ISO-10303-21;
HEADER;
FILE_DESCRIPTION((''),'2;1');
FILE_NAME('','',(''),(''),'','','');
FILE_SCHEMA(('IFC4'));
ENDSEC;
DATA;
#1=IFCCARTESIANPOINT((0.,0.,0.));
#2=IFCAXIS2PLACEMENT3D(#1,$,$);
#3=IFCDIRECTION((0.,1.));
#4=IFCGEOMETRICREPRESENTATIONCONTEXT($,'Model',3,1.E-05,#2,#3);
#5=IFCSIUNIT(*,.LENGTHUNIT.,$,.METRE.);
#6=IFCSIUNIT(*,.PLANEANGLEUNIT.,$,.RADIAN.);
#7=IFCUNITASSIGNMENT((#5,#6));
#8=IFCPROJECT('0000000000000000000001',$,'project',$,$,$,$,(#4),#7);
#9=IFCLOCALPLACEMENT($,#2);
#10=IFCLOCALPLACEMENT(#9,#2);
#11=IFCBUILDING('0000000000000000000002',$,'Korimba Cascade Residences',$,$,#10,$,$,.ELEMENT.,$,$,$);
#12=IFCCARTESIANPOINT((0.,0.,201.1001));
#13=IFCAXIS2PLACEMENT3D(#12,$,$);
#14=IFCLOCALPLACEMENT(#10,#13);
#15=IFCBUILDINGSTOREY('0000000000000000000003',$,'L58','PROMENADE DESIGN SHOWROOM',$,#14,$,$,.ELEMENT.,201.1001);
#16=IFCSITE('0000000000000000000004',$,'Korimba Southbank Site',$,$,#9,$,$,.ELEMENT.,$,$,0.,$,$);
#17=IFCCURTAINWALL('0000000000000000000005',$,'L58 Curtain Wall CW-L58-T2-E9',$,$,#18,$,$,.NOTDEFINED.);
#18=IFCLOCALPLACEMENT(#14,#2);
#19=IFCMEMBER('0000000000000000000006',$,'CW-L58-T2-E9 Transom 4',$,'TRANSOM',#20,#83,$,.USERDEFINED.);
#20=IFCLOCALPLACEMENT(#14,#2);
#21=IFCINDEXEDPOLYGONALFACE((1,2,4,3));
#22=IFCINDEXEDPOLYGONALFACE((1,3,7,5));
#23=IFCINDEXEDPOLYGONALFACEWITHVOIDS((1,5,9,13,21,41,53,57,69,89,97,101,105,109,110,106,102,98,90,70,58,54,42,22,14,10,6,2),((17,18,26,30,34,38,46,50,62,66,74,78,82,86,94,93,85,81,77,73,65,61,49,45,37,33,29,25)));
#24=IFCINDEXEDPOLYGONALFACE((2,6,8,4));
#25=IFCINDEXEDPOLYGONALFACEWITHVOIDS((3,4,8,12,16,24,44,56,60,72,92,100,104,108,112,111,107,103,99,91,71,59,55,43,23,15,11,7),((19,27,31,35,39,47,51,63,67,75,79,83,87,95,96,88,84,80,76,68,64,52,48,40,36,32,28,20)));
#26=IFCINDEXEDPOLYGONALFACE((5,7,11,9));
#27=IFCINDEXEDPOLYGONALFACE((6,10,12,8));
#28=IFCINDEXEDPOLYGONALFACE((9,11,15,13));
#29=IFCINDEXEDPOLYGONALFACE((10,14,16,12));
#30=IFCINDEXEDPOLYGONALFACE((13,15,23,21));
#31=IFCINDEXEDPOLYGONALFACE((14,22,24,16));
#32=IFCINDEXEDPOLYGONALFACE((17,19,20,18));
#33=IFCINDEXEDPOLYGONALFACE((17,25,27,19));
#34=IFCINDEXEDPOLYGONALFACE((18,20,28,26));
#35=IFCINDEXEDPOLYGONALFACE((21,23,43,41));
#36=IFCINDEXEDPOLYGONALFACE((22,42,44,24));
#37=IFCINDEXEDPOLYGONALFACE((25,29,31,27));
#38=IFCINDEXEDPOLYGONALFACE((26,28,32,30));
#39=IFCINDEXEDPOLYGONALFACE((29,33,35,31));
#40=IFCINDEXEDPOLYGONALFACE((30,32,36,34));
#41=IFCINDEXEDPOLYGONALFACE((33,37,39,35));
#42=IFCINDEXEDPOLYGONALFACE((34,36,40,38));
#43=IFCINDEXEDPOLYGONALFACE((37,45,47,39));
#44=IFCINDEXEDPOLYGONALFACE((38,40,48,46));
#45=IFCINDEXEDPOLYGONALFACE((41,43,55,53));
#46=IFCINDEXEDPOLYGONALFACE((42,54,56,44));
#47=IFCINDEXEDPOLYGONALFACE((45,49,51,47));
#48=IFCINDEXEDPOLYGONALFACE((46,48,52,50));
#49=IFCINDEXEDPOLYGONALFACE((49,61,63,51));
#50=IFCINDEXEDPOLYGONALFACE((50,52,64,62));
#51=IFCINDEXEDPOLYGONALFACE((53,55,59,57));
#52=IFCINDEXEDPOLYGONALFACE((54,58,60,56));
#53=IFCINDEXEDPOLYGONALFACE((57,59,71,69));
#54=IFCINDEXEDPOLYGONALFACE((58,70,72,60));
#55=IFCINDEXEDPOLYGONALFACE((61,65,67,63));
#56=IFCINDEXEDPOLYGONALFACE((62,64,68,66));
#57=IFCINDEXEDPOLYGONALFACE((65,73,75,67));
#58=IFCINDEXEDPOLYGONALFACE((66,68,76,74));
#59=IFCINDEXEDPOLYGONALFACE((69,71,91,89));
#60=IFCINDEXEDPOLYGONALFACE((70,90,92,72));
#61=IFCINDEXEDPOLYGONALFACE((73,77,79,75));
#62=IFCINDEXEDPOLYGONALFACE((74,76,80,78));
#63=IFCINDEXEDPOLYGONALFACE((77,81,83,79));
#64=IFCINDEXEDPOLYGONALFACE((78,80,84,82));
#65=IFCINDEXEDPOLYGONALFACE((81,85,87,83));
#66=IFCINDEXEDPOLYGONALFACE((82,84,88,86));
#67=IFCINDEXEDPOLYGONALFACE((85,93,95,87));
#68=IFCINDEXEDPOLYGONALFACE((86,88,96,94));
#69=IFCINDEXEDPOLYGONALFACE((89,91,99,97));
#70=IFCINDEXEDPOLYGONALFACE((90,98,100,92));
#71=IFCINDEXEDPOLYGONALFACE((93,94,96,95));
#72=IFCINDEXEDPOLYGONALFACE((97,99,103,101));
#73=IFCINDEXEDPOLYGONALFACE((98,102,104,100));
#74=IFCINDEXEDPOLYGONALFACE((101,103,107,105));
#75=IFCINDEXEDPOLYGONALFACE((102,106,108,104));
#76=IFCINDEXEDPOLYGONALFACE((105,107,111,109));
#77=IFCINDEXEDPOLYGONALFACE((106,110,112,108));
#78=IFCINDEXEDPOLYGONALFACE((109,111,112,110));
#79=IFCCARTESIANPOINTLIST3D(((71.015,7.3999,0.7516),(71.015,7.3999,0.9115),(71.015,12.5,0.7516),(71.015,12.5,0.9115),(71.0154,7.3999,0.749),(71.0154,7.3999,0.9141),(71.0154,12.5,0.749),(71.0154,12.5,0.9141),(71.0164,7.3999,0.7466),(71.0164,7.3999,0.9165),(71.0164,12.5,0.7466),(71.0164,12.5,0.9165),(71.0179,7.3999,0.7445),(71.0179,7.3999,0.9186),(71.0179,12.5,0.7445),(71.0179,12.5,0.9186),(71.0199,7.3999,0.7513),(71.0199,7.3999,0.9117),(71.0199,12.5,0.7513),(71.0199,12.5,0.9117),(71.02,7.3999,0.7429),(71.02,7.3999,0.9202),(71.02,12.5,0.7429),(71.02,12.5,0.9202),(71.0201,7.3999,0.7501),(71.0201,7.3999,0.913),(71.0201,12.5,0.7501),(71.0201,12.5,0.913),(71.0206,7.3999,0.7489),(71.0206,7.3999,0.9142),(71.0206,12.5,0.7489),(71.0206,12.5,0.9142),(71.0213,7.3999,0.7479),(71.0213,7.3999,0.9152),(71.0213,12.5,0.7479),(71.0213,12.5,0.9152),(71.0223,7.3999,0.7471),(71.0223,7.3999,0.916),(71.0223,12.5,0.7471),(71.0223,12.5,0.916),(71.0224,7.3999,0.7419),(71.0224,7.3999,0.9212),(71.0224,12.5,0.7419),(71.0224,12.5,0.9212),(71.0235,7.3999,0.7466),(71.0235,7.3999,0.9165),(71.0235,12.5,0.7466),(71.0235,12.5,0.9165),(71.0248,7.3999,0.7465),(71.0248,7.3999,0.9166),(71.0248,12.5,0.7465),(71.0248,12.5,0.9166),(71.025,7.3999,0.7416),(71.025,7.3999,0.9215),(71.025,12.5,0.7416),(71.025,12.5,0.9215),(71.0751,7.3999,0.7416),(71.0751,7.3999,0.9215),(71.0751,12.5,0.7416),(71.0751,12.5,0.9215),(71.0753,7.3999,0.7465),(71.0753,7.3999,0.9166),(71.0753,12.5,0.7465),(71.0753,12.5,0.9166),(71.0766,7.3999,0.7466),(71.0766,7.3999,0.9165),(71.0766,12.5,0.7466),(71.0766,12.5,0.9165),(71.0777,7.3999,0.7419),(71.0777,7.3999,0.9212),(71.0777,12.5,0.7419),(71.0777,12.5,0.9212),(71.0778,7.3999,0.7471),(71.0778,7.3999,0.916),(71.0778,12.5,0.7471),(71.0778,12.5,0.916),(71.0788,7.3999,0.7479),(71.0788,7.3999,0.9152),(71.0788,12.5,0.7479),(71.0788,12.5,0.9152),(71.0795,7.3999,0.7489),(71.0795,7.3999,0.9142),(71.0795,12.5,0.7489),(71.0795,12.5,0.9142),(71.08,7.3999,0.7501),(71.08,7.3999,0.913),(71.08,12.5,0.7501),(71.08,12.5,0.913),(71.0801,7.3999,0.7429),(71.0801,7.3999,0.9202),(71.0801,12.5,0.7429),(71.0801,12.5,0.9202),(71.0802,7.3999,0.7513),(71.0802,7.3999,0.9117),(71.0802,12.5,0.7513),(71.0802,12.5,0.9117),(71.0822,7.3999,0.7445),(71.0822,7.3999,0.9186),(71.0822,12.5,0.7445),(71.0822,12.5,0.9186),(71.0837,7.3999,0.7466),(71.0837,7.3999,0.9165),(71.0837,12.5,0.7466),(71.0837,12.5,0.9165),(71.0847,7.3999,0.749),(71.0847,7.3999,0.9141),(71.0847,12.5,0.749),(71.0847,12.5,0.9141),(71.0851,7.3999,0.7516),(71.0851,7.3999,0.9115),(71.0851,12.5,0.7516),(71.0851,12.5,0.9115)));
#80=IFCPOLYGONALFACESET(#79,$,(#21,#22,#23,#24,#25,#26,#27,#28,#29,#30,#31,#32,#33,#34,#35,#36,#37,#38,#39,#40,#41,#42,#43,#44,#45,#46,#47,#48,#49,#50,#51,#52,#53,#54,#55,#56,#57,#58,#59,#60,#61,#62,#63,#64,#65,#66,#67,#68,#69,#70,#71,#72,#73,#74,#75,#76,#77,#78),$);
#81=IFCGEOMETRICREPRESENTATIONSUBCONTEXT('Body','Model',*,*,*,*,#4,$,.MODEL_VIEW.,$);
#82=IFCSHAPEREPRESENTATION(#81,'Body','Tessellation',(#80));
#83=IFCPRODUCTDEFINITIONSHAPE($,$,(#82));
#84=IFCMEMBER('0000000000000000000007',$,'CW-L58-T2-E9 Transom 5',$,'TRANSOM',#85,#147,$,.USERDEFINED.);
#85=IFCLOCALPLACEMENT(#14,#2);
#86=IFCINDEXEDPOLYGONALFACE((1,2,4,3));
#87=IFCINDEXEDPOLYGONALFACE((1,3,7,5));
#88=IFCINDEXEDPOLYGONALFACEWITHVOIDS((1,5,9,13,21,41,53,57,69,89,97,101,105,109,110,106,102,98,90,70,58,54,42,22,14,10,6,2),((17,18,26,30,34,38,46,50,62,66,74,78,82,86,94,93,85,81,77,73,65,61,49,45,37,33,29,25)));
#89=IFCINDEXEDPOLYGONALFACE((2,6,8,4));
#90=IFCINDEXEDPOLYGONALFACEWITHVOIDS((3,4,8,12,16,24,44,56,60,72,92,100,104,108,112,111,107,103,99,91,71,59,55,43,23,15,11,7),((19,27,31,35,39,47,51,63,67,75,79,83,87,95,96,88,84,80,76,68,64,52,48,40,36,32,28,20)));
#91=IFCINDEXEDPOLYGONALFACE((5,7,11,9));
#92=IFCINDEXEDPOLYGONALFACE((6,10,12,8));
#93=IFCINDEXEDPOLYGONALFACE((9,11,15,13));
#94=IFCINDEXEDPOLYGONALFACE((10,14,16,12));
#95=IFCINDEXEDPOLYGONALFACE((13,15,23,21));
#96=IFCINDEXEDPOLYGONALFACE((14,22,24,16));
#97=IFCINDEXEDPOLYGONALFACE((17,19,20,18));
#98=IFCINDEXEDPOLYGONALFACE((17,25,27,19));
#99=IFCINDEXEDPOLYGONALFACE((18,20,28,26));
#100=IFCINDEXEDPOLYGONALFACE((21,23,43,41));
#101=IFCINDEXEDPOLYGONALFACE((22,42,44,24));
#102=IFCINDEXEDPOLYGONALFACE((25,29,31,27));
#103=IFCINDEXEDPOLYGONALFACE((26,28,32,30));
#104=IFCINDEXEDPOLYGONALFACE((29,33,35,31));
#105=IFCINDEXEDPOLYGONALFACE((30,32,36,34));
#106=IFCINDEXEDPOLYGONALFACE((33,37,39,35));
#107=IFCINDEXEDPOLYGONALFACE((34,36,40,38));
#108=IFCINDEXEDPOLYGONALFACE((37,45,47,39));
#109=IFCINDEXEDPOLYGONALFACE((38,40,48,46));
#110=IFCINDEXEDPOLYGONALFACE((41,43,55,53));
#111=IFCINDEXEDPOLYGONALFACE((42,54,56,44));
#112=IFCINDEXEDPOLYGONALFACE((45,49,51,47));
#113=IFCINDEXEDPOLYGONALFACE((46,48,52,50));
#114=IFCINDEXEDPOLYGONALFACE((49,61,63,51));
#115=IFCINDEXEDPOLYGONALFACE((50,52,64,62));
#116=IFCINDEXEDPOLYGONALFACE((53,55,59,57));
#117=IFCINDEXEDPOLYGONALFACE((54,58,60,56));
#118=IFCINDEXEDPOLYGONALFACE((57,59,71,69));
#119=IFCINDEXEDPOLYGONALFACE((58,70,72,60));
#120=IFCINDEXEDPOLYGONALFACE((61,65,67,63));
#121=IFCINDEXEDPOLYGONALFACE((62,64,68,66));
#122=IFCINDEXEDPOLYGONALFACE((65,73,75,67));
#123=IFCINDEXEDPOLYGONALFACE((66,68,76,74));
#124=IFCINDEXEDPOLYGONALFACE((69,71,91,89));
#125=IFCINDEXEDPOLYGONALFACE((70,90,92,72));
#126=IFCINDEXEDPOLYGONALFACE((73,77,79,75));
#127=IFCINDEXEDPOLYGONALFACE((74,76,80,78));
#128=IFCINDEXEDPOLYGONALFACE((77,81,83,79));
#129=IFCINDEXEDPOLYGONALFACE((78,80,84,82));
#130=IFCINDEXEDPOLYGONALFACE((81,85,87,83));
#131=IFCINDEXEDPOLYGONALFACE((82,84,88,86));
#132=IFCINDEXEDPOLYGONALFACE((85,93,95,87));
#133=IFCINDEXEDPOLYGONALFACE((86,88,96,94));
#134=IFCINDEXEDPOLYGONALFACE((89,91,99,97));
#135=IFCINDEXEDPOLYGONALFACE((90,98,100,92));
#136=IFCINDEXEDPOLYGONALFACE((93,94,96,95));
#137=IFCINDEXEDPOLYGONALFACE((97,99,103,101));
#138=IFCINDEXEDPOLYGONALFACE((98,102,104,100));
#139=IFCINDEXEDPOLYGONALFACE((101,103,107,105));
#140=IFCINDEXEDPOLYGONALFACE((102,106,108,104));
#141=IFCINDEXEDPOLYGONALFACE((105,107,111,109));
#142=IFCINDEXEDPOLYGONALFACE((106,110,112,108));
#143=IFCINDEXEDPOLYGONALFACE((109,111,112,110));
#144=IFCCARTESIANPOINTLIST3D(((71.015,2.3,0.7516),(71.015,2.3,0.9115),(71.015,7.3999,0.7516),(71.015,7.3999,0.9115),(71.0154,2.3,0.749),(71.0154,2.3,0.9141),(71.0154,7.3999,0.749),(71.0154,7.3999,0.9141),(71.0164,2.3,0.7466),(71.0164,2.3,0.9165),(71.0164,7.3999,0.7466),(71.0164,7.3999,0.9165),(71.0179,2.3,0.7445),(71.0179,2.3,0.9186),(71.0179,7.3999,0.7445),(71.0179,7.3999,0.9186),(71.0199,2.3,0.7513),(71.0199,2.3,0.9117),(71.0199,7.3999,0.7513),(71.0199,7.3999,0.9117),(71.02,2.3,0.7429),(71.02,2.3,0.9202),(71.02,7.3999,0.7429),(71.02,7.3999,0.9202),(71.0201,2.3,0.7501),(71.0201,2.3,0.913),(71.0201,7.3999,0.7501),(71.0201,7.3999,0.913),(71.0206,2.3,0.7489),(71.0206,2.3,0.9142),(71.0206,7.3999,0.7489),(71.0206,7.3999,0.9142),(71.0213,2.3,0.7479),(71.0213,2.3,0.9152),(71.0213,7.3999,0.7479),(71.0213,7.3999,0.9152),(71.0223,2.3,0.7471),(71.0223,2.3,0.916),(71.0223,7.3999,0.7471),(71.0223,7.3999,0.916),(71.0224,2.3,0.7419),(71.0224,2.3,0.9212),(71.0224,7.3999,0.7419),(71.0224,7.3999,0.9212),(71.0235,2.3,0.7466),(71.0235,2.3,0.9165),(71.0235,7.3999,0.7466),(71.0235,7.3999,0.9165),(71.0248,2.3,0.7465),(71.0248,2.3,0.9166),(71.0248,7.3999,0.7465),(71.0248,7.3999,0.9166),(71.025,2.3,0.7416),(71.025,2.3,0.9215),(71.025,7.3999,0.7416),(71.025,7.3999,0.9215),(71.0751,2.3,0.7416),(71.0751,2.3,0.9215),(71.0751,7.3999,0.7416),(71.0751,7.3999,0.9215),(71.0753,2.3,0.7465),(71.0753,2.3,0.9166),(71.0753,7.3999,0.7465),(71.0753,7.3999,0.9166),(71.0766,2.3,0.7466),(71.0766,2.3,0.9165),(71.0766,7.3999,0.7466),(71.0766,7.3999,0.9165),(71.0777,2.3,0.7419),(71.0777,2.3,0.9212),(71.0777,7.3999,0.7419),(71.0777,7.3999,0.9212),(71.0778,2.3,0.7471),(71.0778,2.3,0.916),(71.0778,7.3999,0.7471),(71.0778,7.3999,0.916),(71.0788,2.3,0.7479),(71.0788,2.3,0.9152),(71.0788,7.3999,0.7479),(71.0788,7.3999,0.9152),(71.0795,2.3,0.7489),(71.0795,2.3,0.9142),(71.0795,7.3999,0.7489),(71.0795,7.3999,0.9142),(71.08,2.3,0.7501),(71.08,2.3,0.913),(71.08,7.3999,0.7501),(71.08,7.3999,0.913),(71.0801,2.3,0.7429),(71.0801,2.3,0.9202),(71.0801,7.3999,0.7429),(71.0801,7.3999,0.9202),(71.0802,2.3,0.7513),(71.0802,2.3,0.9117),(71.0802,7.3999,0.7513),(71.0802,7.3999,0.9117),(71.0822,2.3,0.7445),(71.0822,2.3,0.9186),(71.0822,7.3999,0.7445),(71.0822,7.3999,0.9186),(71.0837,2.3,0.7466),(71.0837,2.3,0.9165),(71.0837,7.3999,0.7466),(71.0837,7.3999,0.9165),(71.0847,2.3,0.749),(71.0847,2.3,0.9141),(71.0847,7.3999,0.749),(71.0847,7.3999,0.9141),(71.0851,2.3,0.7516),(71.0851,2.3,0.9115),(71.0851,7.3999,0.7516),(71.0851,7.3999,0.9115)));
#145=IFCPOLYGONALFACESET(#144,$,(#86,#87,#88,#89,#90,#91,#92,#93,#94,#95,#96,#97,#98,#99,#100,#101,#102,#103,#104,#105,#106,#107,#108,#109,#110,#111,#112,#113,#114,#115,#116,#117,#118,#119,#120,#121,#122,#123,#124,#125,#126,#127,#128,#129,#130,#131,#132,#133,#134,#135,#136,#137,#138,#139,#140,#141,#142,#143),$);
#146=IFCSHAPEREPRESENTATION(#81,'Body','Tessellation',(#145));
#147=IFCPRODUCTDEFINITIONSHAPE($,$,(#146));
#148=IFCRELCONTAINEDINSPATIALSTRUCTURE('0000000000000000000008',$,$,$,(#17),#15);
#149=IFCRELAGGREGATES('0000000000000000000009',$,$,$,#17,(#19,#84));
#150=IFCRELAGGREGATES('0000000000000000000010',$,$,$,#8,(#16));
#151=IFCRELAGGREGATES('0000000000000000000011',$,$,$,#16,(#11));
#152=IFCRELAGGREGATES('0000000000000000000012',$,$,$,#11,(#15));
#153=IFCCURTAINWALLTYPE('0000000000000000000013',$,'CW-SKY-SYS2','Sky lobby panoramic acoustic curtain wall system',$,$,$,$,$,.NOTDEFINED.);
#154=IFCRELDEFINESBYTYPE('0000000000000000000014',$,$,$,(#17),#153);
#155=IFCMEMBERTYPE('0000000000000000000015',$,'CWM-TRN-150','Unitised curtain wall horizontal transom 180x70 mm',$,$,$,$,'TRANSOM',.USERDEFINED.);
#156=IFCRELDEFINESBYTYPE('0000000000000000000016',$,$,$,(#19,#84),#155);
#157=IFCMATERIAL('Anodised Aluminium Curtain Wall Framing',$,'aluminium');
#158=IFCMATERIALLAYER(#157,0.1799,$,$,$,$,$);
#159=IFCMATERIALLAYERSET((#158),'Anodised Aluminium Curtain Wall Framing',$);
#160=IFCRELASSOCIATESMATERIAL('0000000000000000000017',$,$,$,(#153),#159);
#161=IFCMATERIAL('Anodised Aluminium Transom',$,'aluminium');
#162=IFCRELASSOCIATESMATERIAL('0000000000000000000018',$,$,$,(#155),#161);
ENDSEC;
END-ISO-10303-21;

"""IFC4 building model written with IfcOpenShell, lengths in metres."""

from ifc_helpers import new_model, si_unit, direction, frame, origin, origin_2d, place, context, subcontext, project, spatial, hollow_rectangle, extrude, material, layer, layer_set, material_profile, profile_set, type_object, element, aggregate, save


model = new_model("IFC4")

# Units and contexts
model_context = context("Model", 3, precision=1e-05, world=origin(), true_north=direction((0.0, 1.0)))
body_context = subcontext(model_context, "Body", "Model", "MODEL_VIEW")
ifc_project = project(units=[si_unit("LENGTHUNIT", "METRE"), si_unit("PLANEANGLEUNIT", "RADIAN")], contexts=[model_context])

# Site, building, storey
site_placement = place(None, origin())
site = spatial("IfcSite", under=ifc_project, at=site_placement, Name="Korimba Southbank Site", CompositionType="ELEMENT", RefElevation=0.0)
building_placement = place(site_placement, origin())
building = spatial("IfcBuilding", under=site, at=building_placement, Name="Korimba Cascade Residences", CompositionType="ELEMENT")
storey_placement = place(building_placement, frame((0.0, 0.0, 201.1001)))
storey = spatial("IfcBuildingStorey", under=building, at=storey_placement, Name="L58", Description="PROMENADE DESIGN SHOWROOM", CompositionType="ELEMENT", Elevation=201.1001)

# Curtain wall, members
ifc_material_1 = material(Name="Anodised Aluminium Curtain Wall Framing", Category="aluminium")
ifc_layer_1 = layer(ifc_material_1, 0.1799)
ifc_layer_set_1 = layer_set([ifc_layer_1], Name="Anodised Aluminium Curtain Wall Framing")
curtain_wall_type = type_object("IfcCurtainWallType", Name="CW-SKY-SYS2", Description="Sky lobby panoramic acoustic curtain wall system", PredefinedType="NOTDEFINED", material=ifc_layer_set_1)
curtain_wall_placement = place(storey_placement, origin())
curtain_wall = element("IfcCurtainWall", 1, at=curtain_wall_placement, inside=storey, type_object=curtain_wall_type, Name="L58 Curtain Wall CW-L58-T2-E9", PredefinedType="NOTDEFINED")
ifc_material_2 = material(Name="Anodised Aluminium Transom", Category="aluminium")
ifc_material_profile_1 = material_profile(ifc_material_2, hollow_rectangle(XDim=0.0701, YDim=0.1799, WallThickness=0.0049, InnerFilletRadius=0.0049, OuterFilletRadius=0.01, at=origin_2d()), Name="Anodised Aluminium Transom")
ifc_profile_set_1 = profile_set([ifc_material_profile_1], Name="Anodised Aluminium Transom")
member_type_1 = type_object("IfcMemberType", Name="CWM-TRN-150", Description="Unitised curtain wall horizontal transom 180x70 mm", ElementType="TRANSOM", PredefinedType="USERDEFINED", material=ifc_profile_set_1)
member_1_placement = place(storey_placement, frame((71.05, 12.5, 0.8315), z_axis=(0.0, -1.0, 0.0), x_axis=(1.0, 0.0, 0.0)))
member_1 = element("IfcMember", 2, at=member_1_placement, type_object=member_type_1, Name="CW-L58-T2-E9 Transom 4", ObjectType="TRANSOM", PredefinedType="USERDEFINED", context=body_context, shape_type="SweptSolid", body=[
    extrude(hollow_rectangle(XDim=0.0701, YDim=0.1799, WallThickness=0.0049, InnerFilletRadius=0.0049, OuterFilletRadius=0.01, at=origin_2d()), origin(), (0.0, 0.0, 1.0), 5.1001),
])
member_2_placement = place(storey_placement, frame((71.05, 7.3999, 0.8315), z_axis=(0.0, -1.0, 0.0), x_axis=(1.0, 0.0, 0.0)))
member_2 = element("IfcMember", 3, at=member_2_placement, type_object=member_type_1, Name="CW-L58-T2-E9 Transom 5", ObjectType="TRANSOM", PredefinedType="USERDEFINED", context=body_context, shape_type="SweptSolid", body=[
    extrude(hollow_rectangle(XDim=0.0701, YDim=0.1799, WallThickness=0.0049, InnerFilletRadius=0.0049, OuterFilletRadius=0.01, at=origin_2d()), origin(), (0.0, 0.0, 1.0), 5.0999),
])
aggregate(curtain_wall, [member_1, member_2])

save(model, "model.ifc")
